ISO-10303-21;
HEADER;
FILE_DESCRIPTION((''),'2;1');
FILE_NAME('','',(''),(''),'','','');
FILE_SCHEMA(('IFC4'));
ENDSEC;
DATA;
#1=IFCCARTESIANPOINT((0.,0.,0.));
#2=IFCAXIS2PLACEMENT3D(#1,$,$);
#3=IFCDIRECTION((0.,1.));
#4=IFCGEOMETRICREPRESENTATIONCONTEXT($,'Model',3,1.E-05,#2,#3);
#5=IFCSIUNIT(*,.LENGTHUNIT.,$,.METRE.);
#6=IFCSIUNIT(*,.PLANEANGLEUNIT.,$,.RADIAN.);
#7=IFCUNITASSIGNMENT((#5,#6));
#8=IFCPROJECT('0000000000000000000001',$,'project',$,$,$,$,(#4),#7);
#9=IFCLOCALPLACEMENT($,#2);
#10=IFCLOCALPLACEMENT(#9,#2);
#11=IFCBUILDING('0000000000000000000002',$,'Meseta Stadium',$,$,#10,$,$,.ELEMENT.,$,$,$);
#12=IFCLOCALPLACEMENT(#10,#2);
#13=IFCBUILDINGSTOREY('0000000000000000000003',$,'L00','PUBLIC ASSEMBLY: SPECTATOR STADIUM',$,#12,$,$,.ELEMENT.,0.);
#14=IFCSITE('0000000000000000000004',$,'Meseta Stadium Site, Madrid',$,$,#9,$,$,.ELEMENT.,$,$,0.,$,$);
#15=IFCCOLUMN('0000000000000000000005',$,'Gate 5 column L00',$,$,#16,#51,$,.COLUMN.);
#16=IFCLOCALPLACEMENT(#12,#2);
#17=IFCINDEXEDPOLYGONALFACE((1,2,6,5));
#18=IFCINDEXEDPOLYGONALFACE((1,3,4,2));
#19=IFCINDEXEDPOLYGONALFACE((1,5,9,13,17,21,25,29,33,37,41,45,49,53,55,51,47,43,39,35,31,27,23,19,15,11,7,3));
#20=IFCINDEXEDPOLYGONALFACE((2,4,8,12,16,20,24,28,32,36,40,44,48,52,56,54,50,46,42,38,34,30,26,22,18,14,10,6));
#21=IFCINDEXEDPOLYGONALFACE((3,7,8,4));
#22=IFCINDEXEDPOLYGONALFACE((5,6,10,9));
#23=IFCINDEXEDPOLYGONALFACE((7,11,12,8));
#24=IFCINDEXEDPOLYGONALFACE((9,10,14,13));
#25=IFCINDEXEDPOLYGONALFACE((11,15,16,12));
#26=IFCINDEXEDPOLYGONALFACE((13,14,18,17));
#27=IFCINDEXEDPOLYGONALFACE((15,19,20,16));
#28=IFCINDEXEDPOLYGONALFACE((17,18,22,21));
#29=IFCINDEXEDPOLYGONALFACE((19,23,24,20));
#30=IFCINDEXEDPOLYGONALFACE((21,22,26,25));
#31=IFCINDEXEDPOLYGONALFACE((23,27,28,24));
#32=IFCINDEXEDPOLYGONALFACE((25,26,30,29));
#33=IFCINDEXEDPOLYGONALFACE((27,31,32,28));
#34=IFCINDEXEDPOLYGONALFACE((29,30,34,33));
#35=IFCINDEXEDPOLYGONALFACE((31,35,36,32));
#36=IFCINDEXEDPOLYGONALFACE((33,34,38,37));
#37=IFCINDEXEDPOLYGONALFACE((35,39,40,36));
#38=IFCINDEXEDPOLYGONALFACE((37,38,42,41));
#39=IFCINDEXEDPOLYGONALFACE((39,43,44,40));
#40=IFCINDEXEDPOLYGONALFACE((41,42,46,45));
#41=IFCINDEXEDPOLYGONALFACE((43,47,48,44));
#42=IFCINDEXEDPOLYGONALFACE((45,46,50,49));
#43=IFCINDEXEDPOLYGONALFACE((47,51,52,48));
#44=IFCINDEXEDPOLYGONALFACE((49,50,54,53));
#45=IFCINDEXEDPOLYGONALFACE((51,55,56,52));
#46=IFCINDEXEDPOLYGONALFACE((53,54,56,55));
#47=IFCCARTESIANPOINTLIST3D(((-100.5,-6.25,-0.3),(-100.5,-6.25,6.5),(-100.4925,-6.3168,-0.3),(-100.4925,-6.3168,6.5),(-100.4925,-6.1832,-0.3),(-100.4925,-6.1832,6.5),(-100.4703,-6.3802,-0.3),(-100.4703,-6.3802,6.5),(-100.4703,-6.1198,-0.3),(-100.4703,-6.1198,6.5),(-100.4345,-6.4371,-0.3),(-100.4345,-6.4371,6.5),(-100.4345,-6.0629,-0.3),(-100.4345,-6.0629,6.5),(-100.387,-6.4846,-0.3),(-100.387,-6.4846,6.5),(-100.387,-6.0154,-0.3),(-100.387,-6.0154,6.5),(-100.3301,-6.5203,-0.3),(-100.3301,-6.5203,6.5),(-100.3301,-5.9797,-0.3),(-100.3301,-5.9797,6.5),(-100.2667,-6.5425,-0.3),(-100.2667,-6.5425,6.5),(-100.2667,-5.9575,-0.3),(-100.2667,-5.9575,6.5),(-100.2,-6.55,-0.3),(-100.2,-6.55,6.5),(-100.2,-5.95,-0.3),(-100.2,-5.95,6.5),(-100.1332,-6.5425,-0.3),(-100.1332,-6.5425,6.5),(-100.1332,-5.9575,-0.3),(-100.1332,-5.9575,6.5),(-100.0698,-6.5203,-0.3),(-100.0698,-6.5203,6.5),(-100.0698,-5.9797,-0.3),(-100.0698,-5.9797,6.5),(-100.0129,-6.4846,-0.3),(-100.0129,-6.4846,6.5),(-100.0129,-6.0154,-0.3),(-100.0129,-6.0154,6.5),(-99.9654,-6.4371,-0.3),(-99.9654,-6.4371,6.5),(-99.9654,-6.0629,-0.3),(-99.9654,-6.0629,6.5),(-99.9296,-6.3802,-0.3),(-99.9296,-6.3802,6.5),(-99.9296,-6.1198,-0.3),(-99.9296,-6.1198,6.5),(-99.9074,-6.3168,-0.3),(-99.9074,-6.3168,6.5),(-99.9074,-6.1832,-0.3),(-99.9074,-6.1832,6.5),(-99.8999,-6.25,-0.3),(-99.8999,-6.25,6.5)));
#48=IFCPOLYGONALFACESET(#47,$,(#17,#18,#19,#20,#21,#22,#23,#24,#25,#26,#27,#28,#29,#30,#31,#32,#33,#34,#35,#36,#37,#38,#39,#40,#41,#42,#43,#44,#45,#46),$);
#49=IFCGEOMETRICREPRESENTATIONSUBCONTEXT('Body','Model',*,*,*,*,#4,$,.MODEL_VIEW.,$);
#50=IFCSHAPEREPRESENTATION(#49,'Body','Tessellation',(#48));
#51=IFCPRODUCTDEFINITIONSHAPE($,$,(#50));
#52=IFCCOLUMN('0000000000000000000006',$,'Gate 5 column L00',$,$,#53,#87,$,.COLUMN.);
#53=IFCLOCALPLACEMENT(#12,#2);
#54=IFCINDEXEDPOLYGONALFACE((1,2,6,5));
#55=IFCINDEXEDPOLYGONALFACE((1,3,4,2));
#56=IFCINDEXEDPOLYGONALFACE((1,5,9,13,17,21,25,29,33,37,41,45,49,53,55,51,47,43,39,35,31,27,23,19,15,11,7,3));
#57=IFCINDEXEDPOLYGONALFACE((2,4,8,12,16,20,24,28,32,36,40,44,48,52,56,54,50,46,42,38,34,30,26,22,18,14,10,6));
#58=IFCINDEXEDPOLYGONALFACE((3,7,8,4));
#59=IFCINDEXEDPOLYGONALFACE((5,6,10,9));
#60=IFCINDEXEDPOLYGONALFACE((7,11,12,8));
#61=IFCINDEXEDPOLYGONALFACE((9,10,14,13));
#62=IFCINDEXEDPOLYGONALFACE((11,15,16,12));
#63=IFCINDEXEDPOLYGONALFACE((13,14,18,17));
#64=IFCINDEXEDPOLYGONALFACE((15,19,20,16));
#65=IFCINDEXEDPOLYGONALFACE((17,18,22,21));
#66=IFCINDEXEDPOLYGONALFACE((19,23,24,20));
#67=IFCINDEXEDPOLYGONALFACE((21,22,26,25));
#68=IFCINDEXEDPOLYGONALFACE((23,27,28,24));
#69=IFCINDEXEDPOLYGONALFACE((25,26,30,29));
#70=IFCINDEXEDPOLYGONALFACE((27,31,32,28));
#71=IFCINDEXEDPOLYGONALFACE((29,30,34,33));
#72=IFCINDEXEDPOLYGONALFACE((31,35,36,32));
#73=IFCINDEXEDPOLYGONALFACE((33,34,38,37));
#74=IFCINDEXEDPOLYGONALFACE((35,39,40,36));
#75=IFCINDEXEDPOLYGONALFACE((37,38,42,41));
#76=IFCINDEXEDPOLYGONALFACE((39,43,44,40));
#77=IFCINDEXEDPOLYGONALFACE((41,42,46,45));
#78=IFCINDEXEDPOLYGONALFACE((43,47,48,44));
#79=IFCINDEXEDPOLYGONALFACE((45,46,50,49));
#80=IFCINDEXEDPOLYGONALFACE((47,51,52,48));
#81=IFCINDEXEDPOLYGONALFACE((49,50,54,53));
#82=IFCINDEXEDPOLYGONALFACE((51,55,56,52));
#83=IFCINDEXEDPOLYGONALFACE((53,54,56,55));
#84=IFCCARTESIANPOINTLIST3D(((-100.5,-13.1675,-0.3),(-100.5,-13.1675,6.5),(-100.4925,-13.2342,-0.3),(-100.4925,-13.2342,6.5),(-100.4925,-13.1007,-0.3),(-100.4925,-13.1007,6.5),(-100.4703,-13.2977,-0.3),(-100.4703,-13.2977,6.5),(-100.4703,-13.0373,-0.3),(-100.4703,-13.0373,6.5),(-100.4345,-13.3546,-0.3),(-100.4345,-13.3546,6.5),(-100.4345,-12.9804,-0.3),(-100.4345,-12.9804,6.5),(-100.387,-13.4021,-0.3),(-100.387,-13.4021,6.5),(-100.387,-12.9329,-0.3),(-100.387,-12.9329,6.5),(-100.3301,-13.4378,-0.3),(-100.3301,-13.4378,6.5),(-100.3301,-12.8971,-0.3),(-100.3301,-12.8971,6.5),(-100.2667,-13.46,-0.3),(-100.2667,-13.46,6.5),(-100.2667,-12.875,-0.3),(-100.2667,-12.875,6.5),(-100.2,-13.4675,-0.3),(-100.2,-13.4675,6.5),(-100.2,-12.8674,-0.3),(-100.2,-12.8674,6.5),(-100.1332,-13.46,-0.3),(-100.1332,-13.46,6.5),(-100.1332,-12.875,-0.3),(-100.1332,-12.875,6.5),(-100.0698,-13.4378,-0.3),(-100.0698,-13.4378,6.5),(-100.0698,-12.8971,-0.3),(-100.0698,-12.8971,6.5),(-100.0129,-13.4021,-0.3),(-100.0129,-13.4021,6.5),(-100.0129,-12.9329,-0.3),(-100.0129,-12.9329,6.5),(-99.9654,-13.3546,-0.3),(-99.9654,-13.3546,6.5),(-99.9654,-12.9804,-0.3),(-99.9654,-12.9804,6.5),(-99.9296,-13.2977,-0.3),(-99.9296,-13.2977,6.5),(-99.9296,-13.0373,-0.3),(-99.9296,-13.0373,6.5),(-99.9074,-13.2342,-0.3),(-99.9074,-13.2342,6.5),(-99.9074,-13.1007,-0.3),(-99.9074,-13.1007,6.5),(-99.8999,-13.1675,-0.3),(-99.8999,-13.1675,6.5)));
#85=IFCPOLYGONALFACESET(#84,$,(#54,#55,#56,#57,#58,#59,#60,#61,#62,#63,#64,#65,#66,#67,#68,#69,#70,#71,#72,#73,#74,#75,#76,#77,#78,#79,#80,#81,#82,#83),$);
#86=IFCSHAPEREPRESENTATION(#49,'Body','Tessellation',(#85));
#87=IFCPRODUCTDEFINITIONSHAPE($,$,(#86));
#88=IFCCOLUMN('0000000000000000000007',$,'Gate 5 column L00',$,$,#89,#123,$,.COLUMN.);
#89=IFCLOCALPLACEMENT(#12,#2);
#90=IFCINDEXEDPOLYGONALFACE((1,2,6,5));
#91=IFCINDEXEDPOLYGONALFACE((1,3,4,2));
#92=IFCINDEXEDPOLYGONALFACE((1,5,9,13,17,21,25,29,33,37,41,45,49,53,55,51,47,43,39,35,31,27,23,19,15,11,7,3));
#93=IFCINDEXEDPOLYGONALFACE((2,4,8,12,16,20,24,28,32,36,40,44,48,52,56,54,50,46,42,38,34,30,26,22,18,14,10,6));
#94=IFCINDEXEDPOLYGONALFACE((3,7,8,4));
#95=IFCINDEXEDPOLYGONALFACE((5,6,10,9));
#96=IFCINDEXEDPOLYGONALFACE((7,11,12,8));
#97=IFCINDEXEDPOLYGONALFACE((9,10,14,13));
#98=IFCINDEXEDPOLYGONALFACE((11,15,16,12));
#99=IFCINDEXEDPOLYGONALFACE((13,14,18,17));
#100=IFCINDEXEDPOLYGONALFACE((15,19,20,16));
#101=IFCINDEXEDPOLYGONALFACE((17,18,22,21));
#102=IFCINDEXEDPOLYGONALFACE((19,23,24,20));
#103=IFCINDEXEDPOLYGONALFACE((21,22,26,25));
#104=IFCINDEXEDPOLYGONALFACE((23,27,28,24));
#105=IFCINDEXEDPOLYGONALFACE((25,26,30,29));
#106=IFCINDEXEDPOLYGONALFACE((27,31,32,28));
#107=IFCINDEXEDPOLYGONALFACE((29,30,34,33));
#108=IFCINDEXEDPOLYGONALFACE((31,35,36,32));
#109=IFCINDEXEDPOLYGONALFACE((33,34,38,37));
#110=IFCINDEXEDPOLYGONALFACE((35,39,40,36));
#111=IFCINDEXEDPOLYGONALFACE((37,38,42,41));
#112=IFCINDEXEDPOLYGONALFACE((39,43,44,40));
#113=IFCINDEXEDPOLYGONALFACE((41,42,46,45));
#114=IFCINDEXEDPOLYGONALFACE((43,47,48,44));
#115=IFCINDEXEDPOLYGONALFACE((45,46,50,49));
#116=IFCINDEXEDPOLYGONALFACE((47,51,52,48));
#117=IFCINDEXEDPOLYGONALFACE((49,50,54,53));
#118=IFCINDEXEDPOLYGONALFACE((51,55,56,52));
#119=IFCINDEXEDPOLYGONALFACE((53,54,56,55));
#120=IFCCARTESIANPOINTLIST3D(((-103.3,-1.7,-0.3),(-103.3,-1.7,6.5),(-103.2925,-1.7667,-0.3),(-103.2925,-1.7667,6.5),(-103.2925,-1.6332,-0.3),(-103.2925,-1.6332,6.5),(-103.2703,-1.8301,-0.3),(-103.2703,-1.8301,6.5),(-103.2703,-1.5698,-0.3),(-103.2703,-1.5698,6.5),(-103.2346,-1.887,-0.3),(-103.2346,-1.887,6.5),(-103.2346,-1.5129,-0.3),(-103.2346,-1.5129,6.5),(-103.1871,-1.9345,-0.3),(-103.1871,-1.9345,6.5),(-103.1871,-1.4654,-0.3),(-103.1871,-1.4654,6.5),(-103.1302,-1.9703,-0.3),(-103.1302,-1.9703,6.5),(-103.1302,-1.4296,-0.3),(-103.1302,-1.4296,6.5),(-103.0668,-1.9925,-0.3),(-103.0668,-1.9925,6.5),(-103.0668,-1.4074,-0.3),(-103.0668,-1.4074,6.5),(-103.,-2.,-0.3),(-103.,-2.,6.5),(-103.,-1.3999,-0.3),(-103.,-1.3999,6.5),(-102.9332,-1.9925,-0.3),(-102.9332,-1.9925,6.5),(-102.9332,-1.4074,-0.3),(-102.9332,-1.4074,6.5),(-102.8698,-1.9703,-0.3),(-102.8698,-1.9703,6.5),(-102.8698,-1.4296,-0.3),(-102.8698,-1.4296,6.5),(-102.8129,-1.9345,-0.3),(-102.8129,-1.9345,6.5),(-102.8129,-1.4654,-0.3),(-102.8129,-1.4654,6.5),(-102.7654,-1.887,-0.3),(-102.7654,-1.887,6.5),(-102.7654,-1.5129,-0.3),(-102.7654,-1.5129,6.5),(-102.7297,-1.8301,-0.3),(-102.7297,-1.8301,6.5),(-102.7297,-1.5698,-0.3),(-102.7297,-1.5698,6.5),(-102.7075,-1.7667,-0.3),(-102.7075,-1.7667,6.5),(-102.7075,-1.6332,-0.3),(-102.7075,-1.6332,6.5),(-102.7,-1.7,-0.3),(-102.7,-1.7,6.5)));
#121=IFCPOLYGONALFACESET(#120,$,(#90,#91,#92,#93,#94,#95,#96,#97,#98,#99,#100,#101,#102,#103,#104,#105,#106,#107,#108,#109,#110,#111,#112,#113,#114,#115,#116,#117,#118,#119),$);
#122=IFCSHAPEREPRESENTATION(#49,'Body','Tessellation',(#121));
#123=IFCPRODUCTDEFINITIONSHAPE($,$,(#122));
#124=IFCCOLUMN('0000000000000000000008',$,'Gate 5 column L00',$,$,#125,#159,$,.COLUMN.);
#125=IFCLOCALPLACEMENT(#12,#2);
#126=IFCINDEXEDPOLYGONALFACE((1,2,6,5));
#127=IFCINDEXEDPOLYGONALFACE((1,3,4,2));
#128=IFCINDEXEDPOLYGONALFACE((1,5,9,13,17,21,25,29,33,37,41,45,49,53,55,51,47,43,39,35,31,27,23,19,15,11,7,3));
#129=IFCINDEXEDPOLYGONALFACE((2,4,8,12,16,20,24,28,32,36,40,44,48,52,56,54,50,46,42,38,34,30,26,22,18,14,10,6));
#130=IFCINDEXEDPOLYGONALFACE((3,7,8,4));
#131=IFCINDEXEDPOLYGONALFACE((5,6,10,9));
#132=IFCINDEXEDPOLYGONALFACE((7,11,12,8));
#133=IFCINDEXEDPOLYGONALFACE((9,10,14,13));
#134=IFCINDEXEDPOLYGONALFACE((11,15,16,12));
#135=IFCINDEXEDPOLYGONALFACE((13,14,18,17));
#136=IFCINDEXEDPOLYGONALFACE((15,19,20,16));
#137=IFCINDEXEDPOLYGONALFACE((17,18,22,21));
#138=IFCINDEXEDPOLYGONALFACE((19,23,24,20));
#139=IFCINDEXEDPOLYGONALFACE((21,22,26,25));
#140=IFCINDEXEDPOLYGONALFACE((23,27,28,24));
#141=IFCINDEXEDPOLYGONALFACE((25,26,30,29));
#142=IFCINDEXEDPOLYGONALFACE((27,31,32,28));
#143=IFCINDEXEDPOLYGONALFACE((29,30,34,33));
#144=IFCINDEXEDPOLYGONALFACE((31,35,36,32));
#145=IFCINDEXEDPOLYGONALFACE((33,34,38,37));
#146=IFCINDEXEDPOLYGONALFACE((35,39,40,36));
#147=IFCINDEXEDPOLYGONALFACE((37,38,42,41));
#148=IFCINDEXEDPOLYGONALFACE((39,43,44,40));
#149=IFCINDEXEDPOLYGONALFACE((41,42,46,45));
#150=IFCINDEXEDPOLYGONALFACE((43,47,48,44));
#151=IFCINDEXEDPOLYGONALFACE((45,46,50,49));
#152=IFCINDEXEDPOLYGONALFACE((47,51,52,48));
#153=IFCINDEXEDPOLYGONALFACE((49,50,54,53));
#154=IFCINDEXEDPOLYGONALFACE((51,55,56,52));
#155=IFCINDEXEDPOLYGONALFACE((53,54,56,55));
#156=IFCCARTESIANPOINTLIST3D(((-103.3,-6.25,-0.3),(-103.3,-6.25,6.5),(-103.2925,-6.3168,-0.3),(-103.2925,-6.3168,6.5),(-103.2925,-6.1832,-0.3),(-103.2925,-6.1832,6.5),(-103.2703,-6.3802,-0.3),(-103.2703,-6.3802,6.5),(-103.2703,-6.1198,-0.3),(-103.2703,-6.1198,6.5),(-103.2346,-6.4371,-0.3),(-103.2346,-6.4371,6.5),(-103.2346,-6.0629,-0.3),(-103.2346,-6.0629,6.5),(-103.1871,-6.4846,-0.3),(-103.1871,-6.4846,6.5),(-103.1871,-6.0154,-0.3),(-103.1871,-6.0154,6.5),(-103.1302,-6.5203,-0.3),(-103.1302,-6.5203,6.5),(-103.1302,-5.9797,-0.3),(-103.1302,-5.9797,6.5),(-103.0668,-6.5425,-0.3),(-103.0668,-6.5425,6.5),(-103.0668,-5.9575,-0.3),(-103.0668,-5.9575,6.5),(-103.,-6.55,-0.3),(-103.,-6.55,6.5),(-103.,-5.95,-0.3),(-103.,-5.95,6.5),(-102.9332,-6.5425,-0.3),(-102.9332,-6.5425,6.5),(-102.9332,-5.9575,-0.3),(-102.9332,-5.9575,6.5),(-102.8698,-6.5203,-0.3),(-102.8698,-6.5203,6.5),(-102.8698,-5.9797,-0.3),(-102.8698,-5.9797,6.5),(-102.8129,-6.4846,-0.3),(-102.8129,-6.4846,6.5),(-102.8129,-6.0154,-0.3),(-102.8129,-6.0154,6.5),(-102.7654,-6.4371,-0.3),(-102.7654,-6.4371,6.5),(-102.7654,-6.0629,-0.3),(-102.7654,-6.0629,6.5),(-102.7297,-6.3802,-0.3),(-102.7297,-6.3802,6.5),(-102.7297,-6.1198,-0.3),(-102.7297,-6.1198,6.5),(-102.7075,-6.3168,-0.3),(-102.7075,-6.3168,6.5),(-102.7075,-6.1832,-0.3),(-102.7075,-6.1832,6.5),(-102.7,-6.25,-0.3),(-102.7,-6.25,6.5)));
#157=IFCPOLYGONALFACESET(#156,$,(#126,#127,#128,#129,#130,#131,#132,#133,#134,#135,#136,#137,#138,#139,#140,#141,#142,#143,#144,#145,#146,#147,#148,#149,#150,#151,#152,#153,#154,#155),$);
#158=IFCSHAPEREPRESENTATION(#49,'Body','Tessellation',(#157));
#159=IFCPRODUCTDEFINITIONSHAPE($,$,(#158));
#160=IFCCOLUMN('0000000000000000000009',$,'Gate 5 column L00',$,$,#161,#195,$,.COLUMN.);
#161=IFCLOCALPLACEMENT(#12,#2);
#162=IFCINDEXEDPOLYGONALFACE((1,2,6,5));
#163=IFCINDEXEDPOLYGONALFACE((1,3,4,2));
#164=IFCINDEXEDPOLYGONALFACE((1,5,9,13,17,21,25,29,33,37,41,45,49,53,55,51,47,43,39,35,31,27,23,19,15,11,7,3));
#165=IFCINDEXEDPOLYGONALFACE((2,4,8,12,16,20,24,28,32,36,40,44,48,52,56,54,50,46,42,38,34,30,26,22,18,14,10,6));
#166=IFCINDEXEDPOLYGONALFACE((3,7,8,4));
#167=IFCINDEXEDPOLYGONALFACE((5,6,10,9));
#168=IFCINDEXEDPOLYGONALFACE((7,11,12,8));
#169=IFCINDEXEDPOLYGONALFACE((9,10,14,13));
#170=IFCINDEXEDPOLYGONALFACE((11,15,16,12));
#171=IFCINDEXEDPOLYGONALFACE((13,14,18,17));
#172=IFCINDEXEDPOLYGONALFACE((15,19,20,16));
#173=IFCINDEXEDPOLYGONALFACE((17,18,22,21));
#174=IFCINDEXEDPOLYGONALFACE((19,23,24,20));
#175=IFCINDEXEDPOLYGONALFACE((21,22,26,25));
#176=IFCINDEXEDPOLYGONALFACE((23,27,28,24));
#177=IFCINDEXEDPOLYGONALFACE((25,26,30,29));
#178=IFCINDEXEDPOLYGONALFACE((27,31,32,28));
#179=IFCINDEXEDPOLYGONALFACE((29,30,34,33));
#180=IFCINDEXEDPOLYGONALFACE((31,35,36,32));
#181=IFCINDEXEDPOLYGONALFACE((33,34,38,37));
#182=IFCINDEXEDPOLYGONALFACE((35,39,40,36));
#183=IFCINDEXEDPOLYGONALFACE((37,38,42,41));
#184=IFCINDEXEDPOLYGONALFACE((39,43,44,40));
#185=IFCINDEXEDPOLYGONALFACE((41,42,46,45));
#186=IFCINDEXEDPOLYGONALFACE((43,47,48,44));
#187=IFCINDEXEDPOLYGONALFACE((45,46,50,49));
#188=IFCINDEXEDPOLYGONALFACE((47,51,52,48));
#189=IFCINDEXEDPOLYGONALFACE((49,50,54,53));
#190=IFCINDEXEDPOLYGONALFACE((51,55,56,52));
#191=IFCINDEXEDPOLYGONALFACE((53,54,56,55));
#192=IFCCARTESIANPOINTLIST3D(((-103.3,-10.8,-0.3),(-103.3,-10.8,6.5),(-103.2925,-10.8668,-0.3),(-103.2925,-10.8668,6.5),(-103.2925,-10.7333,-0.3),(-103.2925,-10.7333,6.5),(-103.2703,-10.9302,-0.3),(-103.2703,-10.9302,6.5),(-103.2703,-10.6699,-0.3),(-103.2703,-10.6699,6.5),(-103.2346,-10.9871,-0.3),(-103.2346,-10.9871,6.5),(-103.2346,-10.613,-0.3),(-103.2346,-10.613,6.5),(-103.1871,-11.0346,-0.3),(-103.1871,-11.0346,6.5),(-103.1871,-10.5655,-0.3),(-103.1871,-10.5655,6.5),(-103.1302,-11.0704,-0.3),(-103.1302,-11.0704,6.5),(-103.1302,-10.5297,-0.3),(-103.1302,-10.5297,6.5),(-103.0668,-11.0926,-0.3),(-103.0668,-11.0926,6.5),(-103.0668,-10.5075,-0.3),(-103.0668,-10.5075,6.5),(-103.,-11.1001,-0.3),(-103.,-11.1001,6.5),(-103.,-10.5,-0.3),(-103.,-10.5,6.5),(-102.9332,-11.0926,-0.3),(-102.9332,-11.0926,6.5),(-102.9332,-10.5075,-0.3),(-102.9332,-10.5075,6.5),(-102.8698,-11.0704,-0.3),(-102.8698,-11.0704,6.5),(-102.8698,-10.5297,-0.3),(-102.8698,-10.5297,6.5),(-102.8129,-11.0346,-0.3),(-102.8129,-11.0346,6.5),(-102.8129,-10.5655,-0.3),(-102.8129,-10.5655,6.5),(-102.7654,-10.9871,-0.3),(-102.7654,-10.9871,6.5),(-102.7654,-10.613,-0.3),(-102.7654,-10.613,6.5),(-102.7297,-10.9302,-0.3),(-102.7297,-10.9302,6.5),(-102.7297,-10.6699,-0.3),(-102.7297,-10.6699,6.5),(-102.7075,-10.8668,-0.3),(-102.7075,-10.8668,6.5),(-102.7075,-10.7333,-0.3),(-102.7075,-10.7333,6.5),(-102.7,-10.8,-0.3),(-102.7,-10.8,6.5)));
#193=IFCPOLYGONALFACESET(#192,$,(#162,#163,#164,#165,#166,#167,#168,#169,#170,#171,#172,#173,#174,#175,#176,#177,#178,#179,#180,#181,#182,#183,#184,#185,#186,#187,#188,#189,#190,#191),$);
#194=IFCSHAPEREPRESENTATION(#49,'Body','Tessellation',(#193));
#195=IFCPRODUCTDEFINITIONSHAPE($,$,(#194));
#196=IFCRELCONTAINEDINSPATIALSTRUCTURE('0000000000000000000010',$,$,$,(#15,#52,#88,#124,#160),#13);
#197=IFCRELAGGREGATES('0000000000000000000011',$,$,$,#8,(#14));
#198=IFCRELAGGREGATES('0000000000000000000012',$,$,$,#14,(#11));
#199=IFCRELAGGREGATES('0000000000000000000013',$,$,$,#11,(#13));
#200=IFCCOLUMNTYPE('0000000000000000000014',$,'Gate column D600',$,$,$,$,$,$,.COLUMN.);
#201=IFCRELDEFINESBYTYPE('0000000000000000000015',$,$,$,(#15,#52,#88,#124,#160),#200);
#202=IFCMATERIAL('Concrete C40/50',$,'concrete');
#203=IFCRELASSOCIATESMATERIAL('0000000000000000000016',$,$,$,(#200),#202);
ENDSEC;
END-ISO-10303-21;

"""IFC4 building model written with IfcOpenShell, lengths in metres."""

from ifc_helpers import new_model, si_unit, direction, frame, origin, origin_2d, place, context, subcontext, project, spatial, circle, extrude, material, material_profile, profile_set, type_object, element, save


model = new_model("IFC4")

# Units and contexts
model_context = context("Model", 3, precision=1e-05, world=origin(), true_north=direction((0.0, 1.0)))
body_context = subcontext(model_context, "Body", "Model", "MODEL_VIEW")
ifc_project = project(units=[si_unit("LENGTHUNIT", "METRE"), si_unit("PLANEANGLEUNIT", "RADIAN")], contexts=[model_context])

# Site, building, storey
site_placement = place(None, origin())
site = spatial("IfcSite", under=ifc_project, at=site_placement, Name="Meseta Stadium Site, Madrid", CompositionType="ELEMENT", RefElevation=0.0)
building_placement = place(site_placement, origin())
building = spatial("IfcBuilding", under=site, at=building_placement, Name="Meseta Stadium", CompositionType="ELEMENT")
storey_placement = place(building_placement, origin())
storey = spatial("IfcBuildingStorey", under=building, at=storey_placement, Name="L00", Description="PUBLIC ASSEMBLY: SPECTATOR STADIUM", CompositionType="ELEMENT", Elevation=0.0)

# Columns
ifc_material_1 = material(Name="Concrete C40/50", Category="concrete")
ifc_material_profile = material_profile(ifc_material_1, circle(Radius=0.3, at=origin_2d()), Name="RC D600")
ifc_profile_set = profile_set([ifc_material_profile], Name="Concrete C40/50")
column_type = type_object("IfcColumnType", Name="Gate column D600", PredefinedType="COLUMN", material=ifc_profile_set)
for number, where, z_axis, x_axis, name in (
    (1, (-100.2, -6.25, -0.3), (0.0, 0.0, 1.0), (1.0, 0.0, 0.0), "Gate 5 column L00"),
    (2, (-100.2, -13.1675, -0.3), (0.0, 0.0, 1.0), (1.0, 0.0, 0.0), "Gate 5 column L00"),
    (3, (-103.0, -1.7, -0.3), (0.0, 0.0, 1.0), (1.0, 0.0, 0.0), "Gate 5 column L00"),
    (4, (-103.0, -6.25, -0.3), (0.0, 0.0, 1.0), (1.0, 0.0, 0.0), "Gate 5 column L00"),
    (5, (-103.0, -10.8, -0.3), (0.0, 0.0, 1.0), (1.0, 0.0, 0.0), "Gate 5 column L00"),
):
    element("IfcColumn", number, at=place(storey_placement, frame(where, z_axis=z_axis, x_axis=x_axis)), inside=storey, type_object=column_type, Name=name, PredefinedType="COLUMN", context=body_context, shape_type="SweptSolid", body=[
        extrude(circle(Radius=0.3, at=origin_2d()), origin(), (0.0, 0.0, 1.0), 6.8),
    ])

save(model, "model.ifc")
